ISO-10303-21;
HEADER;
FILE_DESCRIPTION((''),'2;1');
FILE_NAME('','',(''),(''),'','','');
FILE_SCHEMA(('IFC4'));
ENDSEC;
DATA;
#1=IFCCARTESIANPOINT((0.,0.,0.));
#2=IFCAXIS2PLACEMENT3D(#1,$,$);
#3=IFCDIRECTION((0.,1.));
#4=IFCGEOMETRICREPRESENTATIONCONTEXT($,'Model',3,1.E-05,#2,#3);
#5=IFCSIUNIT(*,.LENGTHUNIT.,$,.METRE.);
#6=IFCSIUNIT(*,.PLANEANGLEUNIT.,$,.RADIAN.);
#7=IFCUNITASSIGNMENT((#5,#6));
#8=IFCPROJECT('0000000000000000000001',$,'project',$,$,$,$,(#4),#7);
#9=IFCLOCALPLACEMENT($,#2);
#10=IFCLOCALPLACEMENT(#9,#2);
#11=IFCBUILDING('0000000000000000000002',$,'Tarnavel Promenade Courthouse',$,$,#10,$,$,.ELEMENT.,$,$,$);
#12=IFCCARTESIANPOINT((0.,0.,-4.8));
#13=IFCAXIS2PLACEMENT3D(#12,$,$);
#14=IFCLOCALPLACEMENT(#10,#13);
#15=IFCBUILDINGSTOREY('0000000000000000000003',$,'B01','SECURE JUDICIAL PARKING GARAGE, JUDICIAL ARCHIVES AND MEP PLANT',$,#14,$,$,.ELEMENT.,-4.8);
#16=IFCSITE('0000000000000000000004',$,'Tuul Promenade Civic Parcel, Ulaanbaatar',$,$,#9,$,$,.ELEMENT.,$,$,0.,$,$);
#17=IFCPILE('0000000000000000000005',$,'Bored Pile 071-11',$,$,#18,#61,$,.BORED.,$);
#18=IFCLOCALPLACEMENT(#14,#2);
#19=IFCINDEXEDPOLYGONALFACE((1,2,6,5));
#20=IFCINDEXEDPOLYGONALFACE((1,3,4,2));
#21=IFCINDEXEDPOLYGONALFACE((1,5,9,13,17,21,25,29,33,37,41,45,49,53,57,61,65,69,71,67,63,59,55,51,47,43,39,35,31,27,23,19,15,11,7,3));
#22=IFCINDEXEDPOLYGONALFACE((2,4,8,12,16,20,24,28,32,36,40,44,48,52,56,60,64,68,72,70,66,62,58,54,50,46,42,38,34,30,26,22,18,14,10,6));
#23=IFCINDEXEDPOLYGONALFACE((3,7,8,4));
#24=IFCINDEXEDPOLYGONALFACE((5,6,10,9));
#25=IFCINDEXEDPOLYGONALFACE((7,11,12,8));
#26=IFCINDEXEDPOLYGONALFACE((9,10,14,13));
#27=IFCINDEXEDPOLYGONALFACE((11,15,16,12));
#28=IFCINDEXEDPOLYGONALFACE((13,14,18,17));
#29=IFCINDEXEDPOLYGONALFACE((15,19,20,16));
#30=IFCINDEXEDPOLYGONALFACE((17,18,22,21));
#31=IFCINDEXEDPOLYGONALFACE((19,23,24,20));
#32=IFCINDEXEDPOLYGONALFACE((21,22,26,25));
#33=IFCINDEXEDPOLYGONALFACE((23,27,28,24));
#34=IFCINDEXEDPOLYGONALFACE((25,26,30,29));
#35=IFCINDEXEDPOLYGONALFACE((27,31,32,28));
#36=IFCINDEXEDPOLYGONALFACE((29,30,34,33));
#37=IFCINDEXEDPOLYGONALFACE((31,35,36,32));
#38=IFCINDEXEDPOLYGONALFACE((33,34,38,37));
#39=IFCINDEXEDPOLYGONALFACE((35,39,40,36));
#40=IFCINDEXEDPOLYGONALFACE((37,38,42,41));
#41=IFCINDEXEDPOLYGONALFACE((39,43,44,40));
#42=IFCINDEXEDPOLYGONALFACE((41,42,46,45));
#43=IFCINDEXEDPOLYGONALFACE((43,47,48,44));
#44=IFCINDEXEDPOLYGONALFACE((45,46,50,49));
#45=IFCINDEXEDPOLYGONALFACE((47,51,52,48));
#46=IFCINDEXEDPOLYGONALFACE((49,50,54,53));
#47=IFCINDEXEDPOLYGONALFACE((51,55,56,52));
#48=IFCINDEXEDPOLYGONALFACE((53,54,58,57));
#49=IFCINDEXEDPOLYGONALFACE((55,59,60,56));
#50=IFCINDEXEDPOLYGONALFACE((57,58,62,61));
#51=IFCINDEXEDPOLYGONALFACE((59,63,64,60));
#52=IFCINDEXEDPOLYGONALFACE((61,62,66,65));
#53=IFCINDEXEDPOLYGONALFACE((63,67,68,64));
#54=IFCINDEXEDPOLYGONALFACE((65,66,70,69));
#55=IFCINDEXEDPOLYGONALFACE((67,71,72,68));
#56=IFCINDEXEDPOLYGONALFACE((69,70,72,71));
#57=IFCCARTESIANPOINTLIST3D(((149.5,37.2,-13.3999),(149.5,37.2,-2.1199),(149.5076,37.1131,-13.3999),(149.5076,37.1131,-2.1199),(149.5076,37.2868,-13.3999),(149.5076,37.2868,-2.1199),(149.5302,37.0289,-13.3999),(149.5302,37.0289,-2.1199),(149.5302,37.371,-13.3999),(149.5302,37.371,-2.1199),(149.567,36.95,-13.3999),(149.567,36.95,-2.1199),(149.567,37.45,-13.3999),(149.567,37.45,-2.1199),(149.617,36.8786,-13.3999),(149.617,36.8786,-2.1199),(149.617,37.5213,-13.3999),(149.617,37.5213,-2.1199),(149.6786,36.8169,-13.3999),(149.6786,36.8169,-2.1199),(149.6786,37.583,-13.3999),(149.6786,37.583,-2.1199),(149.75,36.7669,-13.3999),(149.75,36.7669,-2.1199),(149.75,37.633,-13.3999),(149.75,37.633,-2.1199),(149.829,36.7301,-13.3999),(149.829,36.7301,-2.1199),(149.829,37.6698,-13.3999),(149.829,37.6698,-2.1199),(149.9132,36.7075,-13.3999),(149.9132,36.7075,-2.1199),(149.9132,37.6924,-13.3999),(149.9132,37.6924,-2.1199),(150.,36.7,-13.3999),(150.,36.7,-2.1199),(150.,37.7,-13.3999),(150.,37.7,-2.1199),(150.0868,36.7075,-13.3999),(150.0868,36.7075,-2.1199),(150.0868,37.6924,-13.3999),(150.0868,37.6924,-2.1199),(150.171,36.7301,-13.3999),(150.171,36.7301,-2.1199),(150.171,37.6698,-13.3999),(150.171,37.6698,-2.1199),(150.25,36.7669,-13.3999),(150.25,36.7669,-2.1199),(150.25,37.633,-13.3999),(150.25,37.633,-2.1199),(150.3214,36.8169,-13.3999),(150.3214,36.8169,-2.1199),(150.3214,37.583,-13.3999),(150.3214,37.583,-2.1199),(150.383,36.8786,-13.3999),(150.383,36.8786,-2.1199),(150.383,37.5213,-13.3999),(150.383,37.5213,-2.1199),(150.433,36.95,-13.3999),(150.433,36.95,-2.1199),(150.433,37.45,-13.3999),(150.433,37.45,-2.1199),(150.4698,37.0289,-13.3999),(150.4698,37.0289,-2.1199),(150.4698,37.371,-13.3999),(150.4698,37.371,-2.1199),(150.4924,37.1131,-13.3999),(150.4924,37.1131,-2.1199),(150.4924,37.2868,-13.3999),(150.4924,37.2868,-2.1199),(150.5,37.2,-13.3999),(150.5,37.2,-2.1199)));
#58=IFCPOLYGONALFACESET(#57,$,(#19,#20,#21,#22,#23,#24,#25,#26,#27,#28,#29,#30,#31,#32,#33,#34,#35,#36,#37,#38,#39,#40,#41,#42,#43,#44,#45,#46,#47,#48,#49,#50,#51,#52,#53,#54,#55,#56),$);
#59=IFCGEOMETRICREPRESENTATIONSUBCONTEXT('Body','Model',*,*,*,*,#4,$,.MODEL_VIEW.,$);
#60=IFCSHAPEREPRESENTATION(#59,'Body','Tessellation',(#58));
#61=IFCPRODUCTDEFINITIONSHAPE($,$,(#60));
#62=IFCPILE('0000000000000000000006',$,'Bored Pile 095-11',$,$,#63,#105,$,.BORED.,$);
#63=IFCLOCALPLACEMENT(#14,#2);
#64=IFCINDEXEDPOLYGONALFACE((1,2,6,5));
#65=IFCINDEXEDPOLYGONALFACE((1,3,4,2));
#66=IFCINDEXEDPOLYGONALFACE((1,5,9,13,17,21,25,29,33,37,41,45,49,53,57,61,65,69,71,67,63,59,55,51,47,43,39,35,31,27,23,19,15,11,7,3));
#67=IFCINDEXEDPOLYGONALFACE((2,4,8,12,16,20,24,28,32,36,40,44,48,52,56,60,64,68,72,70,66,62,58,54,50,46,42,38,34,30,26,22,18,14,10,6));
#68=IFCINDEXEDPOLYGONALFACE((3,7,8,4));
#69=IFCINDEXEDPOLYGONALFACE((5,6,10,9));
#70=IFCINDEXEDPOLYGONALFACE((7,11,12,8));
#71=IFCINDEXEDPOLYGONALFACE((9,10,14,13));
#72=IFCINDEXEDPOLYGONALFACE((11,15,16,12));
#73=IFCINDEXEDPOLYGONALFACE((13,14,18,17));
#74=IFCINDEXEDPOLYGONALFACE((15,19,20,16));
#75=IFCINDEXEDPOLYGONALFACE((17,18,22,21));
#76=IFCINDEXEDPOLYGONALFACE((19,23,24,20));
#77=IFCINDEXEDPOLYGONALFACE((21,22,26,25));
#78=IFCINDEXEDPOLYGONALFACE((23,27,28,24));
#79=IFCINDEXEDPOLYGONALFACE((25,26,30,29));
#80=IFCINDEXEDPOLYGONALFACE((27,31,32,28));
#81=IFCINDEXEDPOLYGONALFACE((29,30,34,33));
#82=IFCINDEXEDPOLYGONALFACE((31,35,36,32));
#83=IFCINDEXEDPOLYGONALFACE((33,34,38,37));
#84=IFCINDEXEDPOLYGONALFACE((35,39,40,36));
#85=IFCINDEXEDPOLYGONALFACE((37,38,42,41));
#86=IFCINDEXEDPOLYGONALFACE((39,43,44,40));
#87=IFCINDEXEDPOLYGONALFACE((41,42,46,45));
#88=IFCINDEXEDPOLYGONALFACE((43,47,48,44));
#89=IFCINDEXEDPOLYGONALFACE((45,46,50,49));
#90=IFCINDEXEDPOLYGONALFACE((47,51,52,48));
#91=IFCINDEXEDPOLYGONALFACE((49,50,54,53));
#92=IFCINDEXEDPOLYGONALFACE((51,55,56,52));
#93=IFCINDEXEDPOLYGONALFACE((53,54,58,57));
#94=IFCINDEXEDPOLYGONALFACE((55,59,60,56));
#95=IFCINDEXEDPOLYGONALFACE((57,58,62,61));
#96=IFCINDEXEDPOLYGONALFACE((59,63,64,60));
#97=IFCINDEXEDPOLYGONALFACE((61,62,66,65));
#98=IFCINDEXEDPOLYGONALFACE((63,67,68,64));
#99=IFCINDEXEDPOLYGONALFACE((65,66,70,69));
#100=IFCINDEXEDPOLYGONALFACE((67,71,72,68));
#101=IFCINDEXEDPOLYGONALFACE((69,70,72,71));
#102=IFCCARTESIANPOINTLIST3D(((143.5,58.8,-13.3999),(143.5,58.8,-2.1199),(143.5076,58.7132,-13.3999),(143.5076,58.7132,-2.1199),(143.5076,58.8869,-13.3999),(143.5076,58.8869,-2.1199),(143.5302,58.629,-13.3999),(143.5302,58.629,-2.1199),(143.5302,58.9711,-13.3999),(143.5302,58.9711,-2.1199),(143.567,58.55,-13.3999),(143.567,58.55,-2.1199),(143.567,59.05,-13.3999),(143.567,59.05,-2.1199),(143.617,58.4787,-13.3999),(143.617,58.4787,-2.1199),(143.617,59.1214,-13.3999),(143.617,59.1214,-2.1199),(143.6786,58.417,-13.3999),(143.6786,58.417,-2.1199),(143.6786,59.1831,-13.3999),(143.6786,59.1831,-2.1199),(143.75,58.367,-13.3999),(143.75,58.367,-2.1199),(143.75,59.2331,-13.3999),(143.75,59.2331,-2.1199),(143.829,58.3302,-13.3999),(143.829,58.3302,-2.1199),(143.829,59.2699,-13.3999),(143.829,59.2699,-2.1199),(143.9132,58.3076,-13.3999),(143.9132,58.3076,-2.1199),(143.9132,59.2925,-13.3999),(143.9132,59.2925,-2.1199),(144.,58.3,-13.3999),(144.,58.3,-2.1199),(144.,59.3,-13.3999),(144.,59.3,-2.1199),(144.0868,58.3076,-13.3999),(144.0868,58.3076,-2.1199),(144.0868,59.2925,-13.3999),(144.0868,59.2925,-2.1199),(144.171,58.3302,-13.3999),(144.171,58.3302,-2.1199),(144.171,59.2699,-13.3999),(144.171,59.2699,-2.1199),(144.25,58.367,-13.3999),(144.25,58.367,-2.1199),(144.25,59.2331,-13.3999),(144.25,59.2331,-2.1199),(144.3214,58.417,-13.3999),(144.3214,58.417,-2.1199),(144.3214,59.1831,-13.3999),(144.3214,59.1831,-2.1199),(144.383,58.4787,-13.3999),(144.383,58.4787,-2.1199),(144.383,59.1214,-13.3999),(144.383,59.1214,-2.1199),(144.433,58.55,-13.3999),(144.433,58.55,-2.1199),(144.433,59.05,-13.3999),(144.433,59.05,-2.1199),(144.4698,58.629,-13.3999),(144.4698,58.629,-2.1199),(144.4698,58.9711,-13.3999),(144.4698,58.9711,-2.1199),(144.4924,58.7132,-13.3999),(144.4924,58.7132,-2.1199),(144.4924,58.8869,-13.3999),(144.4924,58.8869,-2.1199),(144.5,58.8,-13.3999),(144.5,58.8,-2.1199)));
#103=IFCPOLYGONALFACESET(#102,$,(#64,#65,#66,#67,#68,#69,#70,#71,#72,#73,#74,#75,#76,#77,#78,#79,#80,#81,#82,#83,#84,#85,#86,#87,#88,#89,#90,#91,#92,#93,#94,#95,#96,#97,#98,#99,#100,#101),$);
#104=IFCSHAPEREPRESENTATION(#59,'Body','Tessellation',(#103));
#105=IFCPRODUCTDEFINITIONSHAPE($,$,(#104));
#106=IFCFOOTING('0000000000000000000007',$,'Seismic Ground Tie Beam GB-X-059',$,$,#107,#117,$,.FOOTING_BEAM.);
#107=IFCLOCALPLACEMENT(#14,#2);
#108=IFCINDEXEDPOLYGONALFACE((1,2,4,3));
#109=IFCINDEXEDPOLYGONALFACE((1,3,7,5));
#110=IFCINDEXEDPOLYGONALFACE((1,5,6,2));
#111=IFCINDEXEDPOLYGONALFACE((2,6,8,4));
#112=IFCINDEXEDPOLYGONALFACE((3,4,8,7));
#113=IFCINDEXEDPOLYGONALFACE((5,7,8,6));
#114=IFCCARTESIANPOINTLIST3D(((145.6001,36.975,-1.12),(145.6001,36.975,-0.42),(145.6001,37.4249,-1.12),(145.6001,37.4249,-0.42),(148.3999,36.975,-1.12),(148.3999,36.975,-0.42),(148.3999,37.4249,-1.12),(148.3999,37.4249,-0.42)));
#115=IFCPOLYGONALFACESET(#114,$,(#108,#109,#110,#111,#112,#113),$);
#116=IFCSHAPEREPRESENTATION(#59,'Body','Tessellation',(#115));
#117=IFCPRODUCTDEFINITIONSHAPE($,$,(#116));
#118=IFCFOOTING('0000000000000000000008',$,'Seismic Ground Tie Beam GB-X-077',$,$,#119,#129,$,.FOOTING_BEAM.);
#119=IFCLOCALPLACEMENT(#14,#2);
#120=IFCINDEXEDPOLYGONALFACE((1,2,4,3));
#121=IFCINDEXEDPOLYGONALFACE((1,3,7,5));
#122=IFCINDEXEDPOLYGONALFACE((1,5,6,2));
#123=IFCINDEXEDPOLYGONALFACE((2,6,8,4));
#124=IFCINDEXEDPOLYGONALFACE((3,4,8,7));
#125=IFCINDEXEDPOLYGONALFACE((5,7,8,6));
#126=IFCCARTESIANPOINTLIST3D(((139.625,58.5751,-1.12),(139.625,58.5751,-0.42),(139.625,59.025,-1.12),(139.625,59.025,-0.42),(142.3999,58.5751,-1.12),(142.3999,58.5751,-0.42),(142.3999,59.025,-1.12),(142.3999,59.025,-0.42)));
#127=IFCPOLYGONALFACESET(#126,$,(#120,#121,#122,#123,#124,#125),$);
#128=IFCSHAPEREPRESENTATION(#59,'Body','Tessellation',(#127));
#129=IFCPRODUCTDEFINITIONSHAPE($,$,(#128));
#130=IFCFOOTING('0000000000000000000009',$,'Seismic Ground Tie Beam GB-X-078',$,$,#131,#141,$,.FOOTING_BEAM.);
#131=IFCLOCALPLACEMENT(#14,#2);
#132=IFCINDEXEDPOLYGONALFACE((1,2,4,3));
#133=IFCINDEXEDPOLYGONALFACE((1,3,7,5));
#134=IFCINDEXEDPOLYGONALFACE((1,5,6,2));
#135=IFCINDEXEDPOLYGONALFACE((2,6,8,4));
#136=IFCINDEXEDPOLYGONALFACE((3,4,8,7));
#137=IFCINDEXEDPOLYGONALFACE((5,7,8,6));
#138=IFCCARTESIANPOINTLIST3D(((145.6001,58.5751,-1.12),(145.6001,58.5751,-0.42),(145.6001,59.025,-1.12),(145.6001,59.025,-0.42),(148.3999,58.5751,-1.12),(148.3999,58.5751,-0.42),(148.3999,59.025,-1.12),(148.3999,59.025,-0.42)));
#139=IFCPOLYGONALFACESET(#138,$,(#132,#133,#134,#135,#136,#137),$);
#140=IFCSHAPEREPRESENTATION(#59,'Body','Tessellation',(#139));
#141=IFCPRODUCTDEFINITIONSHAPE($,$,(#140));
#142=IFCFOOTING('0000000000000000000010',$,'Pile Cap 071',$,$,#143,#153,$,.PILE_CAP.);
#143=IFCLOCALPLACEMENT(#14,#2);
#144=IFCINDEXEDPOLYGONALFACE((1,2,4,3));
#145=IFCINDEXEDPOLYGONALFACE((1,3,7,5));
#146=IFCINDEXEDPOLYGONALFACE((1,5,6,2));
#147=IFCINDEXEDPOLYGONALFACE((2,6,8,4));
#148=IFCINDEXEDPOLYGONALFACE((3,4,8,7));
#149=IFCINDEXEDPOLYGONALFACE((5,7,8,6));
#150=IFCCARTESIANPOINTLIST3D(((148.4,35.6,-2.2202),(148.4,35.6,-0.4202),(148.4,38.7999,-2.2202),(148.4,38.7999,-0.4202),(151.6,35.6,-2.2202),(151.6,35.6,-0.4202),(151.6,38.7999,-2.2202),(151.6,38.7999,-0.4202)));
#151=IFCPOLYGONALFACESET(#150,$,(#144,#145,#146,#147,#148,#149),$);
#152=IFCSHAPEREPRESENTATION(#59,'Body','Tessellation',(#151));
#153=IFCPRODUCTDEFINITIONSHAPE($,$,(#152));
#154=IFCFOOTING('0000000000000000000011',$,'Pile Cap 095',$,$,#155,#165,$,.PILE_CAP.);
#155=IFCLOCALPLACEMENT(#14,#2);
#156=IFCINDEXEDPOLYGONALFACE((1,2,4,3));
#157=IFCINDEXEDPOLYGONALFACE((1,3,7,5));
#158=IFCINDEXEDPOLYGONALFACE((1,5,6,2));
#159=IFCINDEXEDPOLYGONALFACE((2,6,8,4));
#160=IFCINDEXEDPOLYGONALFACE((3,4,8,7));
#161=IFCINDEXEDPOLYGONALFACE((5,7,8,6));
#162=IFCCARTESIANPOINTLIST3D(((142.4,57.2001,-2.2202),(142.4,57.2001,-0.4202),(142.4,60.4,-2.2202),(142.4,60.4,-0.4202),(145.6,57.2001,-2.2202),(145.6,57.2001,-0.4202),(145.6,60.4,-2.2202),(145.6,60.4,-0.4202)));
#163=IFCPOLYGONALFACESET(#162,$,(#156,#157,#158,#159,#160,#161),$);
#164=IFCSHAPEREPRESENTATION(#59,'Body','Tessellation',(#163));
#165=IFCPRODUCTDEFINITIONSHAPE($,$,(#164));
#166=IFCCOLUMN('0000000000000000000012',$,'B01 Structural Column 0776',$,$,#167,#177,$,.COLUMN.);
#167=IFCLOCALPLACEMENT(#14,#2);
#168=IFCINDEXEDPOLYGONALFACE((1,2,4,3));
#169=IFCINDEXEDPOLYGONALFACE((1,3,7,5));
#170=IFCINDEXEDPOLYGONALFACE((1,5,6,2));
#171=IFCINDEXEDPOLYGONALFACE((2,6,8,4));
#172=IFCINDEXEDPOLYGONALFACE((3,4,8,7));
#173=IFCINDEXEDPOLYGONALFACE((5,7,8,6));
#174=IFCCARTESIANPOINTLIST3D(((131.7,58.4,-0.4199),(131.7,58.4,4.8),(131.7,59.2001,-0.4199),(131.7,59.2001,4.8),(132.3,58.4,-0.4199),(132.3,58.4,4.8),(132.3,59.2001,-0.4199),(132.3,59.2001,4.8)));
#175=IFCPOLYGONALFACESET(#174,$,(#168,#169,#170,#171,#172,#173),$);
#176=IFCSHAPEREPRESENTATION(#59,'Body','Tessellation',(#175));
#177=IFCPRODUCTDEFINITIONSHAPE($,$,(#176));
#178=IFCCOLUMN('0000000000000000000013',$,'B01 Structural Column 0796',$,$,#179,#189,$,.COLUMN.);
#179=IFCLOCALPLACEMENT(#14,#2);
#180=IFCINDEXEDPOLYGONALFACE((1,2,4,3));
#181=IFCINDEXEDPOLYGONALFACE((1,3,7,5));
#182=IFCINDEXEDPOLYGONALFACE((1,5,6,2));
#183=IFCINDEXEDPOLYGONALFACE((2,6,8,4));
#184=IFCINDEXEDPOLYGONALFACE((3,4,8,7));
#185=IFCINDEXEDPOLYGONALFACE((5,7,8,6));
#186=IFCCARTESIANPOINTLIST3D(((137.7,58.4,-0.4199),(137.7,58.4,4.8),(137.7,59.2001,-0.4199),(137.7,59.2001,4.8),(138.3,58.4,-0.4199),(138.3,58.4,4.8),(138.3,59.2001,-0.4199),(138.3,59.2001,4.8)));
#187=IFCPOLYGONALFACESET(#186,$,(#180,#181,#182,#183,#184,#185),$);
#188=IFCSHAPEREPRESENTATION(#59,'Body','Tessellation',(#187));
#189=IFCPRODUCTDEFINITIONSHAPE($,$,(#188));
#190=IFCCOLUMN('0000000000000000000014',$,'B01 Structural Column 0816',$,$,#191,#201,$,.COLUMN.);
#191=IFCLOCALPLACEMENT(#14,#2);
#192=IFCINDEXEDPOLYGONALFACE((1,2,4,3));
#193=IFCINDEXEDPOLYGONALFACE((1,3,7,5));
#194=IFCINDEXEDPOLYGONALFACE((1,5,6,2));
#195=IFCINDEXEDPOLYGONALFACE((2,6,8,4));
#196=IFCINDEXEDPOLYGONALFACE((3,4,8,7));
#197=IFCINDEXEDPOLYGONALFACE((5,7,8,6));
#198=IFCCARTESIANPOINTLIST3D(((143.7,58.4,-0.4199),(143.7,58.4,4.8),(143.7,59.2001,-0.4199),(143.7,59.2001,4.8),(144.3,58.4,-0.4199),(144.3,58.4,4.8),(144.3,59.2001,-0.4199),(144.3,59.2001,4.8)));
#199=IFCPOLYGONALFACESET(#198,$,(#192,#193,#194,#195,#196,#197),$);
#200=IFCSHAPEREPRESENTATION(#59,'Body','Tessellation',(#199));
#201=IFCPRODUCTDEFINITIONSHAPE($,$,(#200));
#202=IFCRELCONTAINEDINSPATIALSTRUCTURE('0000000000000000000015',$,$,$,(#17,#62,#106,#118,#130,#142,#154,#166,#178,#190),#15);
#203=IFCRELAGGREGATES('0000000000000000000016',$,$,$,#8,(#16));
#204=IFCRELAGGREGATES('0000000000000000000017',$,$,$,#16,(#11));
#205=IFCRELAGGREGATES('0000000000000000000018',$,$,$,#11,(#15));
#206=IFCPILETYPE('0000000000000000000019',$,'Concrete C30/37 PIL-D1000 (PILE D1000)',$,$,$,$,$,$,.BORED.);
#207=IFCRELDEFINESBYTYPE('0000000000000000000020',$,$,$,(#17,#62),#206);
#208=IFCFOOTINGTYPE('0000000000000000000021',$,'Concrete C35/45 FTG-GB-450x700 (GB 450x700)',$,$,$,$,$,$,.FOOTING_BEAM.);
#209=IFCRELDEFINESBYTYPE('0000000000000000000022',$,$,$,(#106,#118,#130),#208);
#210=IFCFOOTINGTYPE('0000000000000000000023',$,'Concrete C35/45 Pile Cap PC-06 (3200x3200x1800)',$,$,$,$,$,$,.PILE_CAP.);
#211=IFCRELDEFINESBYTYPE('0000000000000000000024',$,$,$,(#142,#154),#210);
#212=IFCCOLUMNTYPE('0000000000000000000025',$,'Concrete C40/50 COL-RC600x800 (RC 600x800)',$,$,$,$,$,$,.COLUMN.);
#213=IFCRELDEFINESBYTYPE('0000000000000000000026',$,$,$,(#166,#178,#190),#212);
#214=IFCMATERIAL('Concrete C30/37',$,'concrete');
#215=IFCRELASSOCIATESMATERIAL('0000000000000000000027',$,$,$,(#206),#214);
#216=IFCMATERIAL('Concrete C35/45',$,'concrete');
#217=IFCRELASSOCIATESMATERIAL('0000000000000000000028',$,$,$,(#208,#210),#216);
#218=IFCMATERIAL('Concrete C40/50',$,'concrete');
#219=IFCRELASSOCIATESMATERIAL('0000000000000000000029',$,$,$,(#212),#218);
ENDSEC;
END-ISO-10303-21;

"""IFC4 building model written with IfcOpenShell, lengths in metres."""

from ifc_helpers import new_model, si_unit, direction, frame, origin, origin_2d, place, context, subcontext, project, spatial, rectangle, circle, extrude, material, material_profile, profile_set, type_object, element, save


model = new_model("IFC4")

# Units and contexts
model_context = context("Model", 3, precision=1e-05, world=origin(), true_north=direction((0.0, 1.0)))
body_context = subcontext(model_context, "Body", "Model", "MODEL_VIEW")
ifc_project = project(units=[si_unit("LENGTHUNIT", "METRE"), si_unit("PLANEANGLEUNIT", "RADIAN")], contexts=[model_context])

# Site, building, storey
site_placement = place(None, origin())
site = spatial("IfcSite", under=ifc_project, at=site_placement, Name="Tuul Promenade Civic Parcel, Ulaanbaatar", CompositionType="ELEMENT", RefElevation=0.0)
building_placement = place(site_placement, origin())
building = spatial("IfcBuilding", under=site, at=building_placement, Name="Tarnavel Promenade Courthouse", CompositionType="ELEMENT")
storey_placement = place(building_placement, frame((0.0, 0.0, -4.8)))
storey = spatial("IfcBuildingStorey", under=building, at=storey_placement, Name="B01", Description="SECURE JUDICIAL PARKING GARAGE, JUDICIAL ARCHIVES AND MEP PLANT", CompositionType="ELEMENT", Elevation=-4.8)

# Piles
ifc_material_1 = material(Name="Concrete C30/37", Category="concrete")
ifc_material_profile_1 = material_profile(ifc_material_1, circle(Radius=0.5, at=origin_2d()), Name="PILE D1000")
ifc_profile_set_1 = profile_set([ifc_material_profile_1], Name="Concrete C30/37")
pile_type = type_object("IfcPileType", Name="Concrete C30/37 PIL-D1000 (PILE D1000)", PredefinedType="BORED", material=ifc_profile_set_1)
for number, where, z_axis, x_axis, name in (
    (1, (150.0, 37.2, -2.1199), (0.0, 0.0, -1.0), (1.0, 0.0, 0.0), "Bored Pile 071-11"),
    (2, (144.0, 58.8, -2.1199), (0.0, 0.0, -1.0), (1.0, 0.0, 0.0), "Bored Pile 095-11"),
):
    element("IfcPile", number, at=place(storey_placement, frame(where, z_axis=z_axis, x_axis=x_axis)), inside=storey, type_object=pile_type, Name=name, PredefinedType="BORED", context=body_context, shape_type="SweptSolid", body=[
        extrude(circle(Radius=0.5, at=origin_2d()), origin(), (0.0, 0.0, 1.0), 11.28),
    ])

# Footings
ifc_material_2 = material(Name="Concrete C35/45", Category="concrete")
ifc_material_profile_2 = material_profile(ifc_material_2, rectangle(XDim=0.45, YDim=0.7, at=origin_2d()), Name="GB 450x700")
ifc_profile_set_2 = profile_set([ifc_material_profile_2], Name="Concrete C35/45")
footing_type_1 = type_object("IfcFootingType", Name="Concrete C35/45 FTG-GB-450x700 (GB 450x700)", PredefinedType="FOOTING_BEAM", material=ifc_profile_set_2)
footing_1_placement = place(storey_placement, frame((145.6001, 37.2, -0.77), z_axis=(1.0, 0.0, 0.0), x_axis=(0.0, 1.0, 0.0)))
element("IfcFooting", 3, at=footing_1_placement, inside=storey, type_object=footing_type_1, Name="Seismic Ground Tie Beam GB-X-059", PredefinedType="FOOTING_BEAM", context=body_context, shape_type="SweptSolid", body=[
    extrude(rectangle(XDim=0.45, YDim=0.7, at=origin_2d()), origin(), (0.0, 0.0, 1.0), 2.7998),
])
footing_2_placement = place(storey_placement, frame((139.625, 58.8, -0.77), z_axis=(1.0, 0.0, 0.0), x_axis=(0.0, 1.0, 0.0)))
element("IfcFooting", 4, at=footing_2_placement, inside=storey, type_object=footing_type_1, Name="Seismic Ground Tie Beam GB-X-077", PredefinedType="FOOTING_BEAM", context=body_context, shape_type="SweptSolid", body=[
    extrude(rectangle(XDim=0.45, YDim=0.7, at=origin_2d()), origin(), (0.0, 0.0, 1.0), 2.7749),
])
footing_3_placement = place(storey_placement, frame((145.6001, 58.8, -0.77), z_axis=(1.0, 0.0, 0.0), x_axis=(0.0, 1.0, 0.0)))
element("IfcFooting", 5, at=footing_3_placement, inside=storey, type_object=footing_type_1, Name="Seismic Ground Tie Beam GB-X-078", PredefinedType="FOOTING_BEAM", context=body_context, shape_type="SweptSolid", body=[
    extrude(rectangle(XDim=0.45, YDim=0.7, at=origin_2d()), origin(), (0.0, 0.0, 1.0), 2.7998),
])
footing_type_2 = type_object("IfcFootingType", Name="Concrete C35/45 Pile Cap PC-06 (3200x3200x1800)", PredefinedType="PILE_CAP", material=ifc_material_2)
for number, where, z_axis, x_axis, name in (
    (6, (150.0, 37.2, -2.2202), (0.0, 0.0, 1.0), (1.0, 0.0, 0.0), "Pile Cap 071"),
    (7, (144.0, 58.8, -2.2202), (0.0, 0.0, 1.0), (1.0, 0.0, 0.0), "Pile Cap 095"),
):
    element("IfcFooting", number, at=place(storey_placement, frame(where, z_axis=z_axis, x_axis=x_axis)), inside=storey, type_object=footing_type_2, Name=name, PredefinedType="PILE_CAP", context=body_context, shape_type="SweptSolid", body=[
        extrude(rectangle(XDim=3.2, YDim=3.2, at=origin_2d()), origin(), (0.0, 0.0, 1.0), 1.8),
    ])

# Columns
ifc_material_3 = material(Name="Concrete C40/50", Category="concrete")
ifc_material_profile_3 = material_profile(ifc_material_3, rectangle(XDim=0.6001, YDim=0.8, at=origin_2d()), Name="RC 600x800")
ifc_profile_set_3 = profile_set([ifc_material_profile_3], Name="Concrete C40/50")
column_type = type_object("IfcColumnType", Name="Concrete C40/50 COL-RC600x800 (RC 600x800)", PredefinedType="COLUMN", material=ifc_profile_set_3)
for number, where, z_axis, x_axis, name in (
    (8, (132.0, 58.8, -0.4199), (0.0, 0.0, 1.0), (1.0, 0.0, 0.0), "B01 Structural Column 0776"),
    (9, (138.0, 58.8, -0.4199), (0.0, 0.0, 1.0), (1.0, 0.0, 0.0), "B01 Structural Column 0796"),
    (10, (144.0, 58.8, -0.4199), (0.0, 0.0, 1.0), (1.0, 0.0, 0.0), "B01 Structural Column 0816"),
):
    element("IfcColumn", number, at=place(storey_placement, frame(where, z_axis=z_axis, x_axis=x_axis)), inside=storey, type_object=column_type, Name=name, PredefinedType="COLUMN", context=body_context, shape_type="SweptSolid", body=[
        extrude(rectangle(XDim=0.6001, YDim=0.8, at=origin_2d()), origin(), (0.0, 0.0, 1.0), 5.22),
    ])

save(model, "model.ifc")
